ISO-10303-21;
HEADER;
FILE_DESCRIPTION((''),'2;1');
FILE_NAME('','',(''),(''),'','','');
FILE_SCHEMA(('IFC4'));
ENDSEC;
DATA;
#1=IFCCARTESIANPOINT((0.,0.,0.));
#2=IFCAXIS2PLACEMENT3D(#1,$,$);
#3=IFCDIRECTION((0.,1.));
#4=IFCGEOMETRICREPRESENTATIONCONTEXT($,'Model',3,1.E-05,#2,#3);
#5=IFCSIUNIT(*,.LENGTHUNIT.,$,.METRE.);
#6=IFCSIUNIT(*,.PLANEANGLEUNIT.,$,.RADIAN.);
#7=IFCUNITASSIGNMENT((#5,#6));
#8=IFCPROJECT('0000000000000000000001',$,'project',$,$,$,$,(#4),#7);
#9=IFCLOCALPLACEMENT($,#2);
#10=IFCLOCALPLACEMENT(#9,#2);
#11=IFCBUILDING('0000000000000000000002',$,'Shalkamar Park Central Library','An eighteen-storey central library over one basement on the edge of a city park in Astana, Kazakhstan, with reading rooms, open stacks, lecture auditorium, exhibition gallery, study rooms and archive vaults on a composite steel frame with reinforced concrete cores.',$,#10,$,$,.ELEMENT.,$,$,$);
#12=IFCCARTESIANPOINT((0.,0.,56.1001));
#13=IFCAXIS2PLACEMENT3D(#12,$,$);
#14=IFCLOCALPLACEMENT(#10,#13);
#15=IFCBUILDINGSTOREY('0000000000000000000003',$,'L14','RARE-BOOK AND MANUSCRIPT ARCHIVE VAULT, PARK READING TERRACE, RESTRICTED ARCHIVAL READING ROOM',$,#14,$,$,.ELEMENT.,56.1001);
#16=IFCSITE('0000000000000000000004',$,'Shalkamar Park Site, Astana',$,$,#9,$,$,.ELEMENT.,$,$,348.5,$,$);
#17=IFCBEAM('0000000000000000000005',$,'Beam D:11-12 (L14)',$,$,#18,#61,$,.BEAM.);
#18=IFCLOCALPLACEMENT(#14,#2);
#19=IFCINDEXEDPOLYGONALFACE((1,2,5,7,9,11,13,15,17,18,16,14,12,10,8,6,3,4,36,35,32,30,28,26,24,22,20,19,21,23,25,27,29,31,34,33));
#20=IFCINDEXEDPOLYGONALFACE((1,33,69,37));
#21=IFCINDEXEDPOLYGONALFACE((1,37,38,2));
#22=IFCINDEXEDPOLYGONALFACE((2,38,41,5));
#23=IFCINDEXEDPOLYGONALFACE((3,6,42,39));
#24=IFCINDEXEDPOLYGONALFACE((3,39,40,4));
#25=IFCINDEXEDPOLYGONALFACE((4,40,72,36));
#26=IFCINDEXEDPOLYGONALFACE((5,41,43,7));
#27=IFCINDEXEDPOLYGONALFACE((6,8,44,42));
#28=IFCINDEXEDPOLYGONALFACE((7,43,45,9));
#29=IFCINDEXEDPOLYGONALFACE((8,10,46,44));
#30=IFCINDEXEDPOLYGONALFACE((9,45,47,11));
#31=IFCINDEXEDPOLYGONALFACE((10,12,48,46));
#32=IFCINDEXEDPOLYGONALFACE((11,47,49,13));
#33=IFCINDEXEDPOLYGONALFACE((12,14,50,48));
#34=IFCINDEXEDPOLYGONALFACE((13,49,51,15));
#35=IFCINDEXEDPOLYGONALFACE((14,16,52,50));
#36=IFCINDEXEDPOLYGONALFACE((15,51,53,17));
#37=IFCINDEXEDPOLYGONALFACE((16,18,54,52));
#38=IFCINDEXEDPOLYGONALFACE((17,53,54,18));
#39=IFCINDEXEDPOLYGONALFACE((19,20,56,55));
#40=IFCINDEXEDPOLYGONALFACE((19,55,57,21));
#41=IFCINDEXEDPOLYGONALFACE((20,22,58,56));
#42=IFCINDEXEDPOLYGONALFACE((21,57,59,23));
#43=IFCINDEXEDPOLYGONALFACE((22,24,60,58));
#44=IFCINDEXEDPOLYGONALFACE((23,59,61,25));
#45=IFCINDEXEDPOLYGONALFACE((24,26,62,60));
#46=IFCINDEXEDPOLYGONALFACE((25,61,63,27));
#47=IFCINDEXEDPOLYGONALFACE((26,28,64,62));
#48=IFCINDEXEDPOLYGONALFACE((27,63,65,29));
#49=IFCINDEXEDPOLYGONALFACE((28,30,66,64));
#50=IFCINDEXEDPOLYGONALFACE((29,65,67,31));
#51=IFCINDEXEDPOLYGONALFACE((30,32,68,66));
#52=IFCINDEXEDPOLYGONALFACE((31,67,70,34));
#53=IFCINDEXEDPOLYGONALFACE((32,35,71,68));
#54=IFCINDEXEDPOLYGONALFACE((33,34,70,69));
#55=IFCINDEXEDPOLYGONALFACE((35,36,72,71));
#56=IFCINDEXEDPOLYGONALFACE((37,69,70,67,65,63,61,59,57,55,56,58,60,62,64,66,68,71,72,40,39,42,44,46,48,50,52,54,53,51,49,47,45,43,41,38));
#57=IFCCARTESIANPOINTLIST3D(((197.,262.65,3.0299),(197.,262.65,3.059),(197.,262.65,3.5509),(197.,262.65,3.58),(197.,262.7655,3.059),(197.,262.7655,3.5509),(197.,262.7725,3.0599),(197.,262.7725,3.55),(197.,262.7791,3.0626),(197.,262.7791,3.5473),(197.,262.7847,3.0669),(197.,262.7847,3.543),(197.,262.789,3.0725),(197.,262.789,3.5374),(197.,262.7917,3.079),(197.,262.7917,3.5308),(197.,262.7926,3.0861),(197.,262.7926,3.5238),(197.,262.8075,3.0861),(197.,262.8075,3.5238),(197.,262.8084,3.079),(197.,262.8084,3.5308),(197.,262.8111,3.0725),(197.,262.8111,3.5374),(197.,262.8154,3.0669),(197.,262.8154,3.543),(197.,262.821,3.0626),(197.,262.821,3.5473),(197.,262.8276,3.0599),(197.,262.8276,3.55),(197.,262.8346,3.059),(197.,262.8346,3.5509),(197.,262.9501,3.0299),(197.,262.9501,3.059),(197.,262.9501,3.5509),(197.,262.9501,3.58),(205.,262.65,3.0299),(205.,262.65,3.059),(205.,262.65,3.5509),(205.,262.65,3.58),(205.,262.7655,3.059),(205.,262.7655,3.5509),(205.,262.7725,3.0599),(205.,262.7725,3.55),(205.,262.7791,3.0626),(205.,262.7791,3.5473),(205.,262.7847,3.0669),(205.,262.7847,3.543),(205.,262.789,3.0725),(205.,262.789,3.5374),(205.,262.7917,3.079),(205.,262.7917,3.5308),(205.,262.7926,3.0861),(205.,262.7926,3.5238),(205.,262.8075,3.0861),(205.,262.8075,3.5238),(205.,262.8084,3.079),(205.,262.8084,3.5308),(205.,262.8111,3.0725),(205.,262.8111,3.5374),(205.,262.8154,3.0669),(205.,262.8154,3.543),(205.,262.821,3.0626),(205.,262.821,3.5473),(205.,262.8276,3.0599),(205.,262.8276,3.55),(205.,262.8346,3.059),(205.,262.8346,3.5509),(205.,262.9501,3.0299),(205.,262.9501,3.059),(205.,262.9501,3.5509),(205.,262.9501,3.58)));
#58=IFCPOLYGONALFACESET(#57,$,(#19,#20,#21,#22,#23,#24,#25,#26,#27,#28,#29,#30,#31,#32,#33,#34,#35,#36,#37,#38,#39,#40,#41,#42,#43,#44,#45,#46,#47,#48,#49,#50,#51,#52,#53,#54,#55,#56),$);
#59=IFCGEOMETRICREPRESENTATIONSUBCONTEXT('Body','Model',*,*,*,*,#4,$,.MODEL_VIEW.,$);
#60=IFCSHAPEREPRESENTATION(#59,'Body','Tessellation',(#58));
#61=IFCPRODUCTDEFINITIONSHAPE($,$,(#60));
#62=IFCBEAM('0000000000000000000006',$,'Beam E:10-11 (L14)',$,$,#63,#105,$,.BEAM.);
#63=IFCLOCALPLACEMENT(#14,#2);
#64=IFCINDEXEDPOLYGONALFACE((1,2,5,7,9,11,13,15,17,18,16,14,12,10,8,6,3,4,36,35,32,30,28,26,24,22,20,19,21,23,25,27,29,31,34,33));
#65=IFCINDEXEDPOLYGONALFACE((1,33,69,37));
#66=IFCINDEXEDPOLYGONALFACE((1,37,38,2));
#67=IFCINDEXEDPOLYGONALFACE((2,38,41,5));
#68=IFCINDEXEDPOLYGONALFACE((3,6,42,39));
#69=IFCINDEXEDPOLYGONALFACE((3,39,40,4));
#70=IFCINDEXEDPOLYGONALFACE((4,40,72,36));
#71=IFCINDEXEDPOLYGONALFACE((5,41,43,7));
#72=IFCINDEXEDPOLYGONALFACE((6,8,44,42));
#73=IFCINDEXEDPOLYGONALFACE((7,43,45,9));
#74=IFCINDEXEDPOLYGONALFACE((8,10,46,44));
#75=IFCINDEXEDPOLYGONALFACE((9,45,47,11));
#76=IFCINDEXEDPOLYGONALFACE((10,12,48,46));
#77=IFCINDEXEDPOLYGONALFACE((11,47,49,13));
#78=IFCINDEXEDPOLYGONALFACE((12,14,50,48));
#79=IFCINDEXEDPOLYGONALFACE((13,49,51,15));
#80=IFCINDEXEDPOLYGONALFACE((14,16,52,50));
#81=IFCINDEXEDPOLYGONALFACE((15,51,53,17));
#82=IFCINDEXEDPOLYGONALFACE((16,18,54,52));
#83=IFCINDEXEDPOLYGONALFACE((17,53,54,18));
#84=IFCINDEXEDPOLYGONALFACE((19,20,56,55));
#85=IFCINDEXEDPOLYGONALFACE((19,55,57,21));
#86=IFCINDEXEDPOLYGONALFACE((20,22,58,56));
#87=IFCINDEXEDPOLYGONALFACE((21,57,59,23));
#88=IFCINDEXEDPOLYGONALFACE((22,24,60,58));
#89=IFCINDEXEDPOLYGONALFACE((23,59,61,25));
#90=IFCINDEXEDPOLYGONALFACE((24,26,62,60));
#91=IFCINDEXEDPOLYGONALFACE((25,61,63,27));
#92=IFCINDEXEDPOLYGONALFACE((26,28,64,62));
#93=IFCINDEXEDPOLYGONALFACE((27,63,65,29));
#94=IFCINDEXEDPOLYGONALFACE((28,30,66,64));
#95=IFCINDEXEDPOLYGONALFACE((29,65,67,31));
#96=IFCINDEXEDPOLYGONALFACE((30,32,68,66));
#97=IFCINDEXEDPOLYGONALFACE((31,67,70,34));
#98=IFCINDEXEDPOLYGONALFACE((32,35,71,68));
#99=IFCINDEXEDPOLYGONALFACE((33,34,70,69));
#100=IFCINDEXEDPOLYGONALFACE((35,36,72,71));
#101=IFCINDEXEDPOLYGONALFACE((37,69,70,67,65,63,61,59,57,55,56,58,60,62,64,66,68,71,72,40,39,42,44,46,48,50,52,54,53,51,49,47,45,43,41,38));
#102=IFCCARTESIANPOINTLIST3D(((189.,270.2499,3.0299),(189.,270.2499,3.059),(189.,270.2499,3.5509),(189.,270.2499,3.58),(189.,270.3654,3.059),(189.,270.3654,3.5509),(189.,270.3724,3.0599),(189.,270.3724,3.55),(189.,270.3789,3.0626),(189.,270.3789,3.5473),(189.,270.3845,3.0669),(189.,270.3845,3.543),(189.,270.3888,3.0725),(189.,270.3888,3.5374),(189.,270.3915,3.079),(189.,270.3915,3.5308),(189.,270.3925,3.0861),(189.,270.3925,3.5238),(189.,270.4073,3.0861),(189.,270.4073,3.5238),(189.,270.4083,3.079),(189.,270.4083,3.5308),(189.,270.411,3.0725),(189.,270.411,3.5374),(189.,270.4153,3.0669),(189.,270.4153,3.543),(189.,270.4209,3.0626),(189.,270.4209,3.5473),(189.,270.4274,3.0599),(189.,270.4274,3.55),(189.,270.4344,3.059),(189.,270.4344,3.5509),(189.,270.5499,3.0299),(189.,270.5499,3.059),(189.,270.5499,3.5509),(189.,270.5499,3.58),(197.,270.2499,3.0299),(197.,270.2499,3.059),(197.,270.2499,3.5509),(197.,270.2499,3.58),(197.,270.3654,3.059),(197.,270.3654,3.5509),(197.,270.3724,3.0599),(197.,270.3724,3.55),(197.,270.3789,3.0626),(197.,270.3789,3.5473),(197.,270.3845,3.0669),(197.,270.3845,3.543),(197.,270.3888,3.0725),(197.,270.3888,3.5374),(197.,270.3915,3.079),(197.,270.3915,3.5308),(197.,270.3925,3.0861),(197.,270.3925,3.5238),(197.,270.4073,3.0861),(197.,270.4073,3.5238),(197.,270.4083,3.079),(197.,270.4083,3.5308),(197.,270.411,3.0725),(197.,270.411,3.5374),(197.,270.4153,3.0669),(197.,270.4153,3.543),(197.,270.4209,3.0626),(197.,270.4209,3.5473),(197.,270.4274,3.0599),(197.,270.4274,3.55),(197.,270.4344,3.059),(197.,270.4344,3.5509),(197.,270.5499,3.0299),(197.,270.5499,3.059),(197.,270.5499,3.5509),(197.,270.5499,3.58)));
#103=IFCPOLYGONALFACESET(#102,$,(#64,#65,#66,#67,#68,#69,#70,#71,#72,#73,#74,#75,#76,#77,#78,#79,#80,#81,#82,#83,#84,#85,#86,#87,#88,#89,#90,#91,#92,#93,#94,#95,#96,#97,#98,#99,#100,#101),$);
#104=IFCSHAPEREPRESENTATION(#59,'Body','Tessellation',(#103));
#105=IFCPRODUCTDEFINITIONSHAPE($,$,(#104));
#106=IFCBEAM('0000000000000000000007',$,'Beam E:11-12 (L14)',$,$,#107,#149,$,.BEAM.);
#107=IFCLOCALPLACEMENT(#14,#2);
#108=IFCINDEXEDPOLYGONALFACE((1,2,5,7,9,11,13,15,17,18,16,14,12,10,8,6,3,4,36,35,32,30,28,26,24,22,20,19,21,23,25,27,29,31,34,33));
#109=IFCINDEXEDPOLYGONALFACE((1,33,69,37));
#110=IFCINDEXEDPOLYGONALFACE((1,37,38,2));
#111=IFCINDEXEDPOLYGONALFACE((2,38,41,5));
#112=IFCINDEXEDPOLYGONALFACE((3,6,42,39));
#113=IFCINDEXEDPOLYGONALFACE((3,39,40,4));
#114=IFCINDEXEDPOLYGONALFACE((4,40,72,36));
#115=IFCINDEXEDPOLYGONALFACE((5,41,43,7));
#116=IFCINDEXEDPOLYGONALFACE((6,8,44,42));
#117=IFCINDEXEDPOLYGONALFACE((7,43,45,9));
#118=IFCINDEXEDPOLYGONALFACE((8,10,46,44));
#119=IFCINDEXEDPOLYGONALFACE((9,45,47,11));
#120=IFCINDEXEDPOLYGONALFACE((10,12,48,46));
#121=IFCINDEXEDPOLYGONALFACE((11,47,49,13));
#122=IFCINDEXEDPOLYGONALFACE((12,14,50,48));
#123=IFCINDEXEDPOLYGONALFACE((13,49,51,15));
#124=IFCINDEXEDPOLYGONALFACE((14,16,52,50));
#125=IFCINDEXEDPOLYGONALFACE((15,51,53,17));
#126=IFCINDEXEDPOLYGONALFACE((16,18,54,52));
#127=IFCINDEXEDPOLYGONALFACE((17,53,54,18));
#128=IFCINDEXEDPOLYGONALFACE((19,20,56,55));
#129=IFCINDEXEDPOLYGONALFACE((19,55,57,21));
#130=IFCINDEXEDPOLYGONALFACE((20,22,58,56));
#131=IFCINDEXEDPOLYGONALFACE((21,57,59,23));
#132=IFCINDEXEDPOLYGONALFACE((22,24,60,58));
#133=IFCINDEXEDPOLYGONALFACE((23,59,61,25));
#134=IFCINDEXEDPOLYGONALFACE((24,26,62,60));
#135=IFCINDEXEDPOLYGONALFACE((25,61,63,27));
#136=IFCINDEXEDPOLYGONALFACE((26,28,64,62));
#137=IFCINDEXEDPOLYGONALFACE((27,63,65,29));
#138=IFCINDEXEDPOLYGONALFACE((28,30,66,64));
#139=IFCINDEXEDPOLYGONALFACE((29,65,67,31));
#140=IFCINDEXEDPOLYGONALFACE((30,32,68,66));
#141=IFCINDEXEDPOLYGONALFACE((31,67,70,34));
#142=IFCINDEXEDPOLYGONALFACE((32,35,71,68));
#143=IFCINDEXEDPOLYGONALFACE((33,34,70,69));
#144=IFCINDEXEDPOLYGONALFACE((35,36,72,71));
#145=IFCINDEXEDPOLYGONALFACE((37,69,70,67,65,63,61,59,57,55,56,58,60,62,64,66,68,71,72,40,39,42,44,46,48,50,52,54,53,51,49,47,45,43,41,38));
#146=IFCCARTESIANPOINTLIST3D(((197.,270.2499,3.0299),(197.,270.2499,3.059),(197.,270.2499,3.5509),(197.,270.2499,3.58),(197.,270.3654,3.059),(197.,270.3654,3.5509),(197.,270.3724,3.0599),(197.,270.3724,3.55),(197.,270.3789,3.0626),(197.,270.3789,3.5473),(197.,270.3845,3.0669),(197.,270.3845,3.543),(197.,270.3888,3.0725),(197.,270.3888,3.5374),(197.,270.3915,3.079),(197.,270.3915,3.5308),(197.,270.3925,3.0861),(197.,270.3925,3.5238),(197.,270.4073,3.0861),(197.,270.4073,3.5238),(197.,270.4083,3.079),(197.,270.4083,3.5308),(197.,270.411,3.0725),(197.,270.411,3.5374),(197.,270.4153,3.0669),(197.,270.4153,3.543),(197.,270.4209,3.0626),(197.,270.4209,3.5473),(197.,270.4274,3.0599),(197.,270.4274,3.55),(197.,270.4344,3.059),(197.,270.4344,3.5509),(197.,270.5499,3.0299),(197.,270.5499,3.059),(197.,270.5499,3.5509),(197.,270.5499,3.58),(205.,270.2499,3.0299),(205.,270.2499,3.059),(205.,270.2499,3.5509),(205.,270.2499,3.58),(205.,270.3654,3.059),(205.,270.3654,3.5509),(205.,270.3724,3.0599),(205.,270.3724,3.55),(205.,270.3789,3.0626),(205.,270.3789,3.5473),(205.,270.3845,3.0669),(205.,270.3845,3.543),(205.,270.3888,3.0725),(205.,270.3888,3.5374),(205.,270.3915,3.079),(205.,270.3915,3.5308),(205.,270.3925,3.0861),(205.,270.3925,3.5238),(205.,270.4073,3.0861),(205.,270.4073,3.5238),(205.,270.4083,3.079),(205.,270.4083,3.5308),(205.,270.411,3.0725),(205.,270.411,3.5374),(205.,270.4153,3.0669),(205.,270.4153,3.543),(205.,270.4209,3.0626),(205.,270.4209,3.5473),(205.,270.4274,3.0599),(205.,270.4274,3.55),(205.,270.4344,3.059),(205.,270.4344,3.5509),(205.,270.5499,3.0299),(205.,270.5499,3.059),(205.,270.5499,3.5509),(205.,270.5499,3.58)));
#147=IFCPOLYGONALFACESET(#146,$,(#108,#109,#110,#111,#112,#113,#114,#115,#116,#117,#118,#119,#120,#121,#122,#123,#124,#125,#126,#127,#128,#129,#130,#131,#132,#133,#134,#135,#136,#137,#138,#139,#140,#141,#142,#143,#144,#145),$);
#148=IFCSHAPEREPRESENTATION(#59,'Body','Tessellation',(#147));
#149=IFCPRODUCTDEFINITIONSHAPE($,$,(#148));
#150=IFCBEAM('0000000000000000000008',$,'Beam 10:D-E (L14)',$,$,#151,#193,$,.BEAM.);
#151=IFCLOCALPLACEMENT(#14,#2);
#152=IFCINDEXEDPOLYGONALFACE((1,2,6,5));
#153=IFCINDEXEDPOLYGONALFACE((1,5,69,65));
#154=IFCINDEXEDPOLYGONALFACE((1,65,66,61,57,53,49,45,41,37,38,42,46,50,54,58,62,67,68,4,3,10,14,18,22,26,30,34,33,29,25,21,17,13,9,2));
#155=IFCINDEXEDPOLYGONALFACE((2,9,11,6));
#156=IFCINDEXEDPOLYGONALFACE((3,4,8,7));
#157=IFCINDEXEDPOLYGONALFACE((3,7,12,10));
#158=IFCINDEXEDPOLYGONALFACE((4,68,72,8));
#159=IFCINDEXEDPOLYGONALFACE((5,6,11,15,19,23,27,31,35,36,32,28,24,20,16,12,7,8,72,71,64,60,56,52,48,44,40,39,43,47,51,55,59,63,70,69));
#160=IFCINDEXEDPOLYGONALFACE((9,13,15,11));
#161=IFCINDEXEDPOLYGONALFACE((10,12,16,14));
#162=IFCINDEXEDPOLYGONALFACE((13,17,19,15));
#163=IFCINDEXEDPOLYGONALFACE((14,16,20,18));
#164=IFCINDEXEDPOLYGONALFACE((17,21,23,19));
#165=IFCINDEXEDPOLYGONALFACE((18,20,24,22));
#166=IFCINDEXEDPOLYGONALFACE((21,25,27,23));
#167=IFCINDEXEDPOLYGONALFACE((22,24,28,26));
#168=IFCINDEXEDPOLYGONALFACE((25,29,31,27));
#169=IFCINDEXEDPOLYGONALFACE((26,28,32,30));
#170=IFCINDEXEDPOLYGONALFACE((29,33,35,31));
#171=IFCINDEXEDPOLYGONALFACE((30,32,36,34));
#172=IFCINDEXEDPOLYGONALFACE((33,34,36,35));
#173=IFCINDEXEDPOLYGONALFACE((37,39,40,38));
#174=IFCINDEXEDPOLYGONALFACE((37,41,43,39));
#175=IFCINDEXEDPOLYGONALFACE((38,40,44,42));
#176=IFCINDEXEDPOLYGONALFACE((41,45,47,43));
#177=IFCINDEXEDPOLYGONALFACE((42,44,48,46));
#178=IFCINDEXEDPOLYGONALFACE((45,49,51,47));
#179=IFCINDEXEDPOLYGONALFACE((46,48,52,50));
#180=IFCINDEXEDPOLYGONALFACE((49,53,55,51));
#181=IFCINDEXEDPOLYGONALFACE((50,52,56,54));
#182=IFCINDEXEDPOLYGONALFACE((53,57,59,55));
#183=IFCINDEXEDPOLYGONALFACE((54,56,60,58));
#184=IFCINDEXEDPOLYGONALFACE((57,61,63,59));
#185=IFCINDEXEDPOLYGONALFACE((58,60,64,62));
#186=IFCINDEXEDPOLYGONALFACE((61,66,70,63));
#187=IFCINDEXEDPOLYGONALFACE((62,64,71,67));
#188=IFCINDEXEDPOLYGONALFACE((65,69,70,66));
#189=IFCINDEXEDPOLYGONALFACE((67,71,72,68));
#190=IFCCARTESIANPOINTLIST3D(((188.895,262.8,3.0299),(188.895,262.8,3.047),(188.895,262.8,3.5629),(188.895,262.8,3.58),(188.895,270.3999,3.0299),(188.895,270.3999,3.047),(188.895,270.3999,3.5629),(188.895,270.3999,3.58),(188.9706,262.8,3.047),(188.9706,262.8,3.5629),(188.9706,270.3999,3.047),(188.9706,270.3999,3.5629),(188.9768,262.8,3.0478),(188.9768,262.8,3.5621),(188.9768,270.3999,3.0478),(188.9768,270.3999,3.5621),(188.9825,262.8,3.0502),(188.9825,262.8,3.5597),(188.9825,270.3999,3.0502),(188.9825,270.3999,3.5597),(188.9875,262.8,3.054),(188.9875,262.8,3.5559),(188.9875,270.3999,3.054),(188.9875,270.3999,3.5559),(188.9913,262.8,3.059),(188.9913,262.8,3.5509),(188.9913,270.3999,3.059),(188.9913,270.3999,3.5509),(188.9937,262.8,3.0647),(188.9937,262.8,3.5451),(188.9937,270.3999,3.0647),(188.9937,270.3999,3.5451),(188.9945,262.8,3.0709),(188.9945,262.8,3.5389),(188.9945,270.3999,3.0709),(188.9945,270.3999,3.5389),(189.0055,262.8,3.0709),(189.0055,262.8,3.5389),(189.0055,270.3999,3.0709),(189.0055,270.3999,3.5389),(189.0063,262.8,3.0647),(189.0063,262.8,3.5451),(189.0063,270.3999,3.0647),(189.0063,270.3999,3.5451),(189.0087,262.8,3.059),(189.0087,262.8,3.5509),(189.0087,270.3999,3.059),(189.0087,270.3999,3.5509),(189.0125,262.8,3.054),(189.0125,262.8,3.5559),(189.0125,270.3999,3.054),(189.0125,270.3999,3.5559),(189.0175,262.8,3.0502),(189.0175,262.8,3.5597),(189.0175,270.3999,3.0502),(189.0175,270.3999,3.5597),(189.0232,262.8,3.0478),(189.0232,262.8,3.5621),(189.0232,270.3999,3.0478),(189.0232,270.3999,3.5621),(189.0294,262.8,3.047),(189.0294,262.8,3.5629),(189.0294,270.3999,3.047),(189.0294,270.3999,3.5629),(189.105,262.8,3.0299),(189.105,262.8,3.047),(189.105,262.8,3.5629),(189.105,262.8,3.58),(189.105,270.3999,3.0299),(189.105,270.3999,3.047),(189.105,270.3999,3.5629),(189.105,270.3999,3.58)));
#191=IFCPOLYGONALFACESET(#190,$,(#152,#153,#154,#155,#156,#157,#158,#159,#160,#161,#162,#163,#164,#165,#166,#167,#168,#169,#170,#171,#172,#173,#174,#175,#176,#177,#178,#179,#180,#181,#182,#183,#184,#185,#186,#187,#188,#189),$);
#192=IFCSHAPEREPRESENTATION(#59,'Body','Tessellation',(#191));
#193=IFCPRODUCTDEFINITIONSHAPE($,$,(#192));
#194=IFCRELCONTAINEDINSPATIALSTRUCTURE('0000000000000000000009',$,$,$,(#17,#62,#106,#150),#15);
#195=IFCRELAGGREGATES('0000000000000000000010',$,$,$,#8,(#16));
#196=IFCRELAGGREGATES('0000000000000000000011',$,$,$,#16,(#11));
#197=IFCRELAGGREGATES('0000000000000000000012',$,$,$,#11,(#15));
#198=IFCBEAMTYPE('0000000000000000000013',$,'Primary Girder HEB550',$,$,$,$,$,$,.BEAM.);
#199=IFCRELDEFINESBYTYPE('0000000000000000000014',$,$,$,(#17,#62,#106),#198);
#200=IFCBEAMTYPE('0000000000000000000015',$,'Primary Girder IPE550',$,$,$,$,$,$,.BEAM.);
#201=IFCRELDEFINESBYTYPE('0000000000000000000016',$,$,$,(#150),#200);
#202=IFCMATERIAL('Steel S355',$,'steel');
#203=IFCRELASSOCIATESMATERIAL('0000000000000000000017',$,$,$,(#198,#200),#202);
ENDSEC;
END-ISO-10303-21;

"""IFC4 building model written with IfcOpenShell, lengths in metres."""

from ifc_helpers import new_model, si_unit, direction, frame, origin, origin_2d, place, context, subcontext, project, spatial, i_section, extrude, material, material_profile, profile_set, type_object, element, save


model = new_model("IFC4")

# Units and contexts
model_context = context("Model", 3, precision=1e-05, world=origin(), true_north=direction((0.0, 1.0)))
body_context = subcontext(model_context, "Body", "Model", "MODEL_VIEW")
ifc_project = project(units=[si_unit("LENGTHUNIT", "METRE"), si_unit("PLANEANGLEUNIT", "RADIAN")], contexts=[model_context])

# Site, building, storey
site_placement = place(None, origin())
site = spatial("IfcSite", under=ifc_project, at=site_placement, Name="Shalkamar Park Site, Astana", CompositionType="ELEMENT", RefElevation=348.5)
building_placement = place(site_placement, origin())
building = spatial("IfcBuilding", under=site, at=building_placement, Name="Shalkamar Park Central Library", Description="An eighteen-storey central library over one basement on the edge of a city park in Astana, Kazakhstan, with reading rooms, open stacks, lecture auditorium, exhibition gallery, study rooms and archive vaults on a composite steel frame with reinforced concrete cores.", CompositionType="ELEMENT")
storey_placement = place(building_placement, frame((0.0, 0.0, 56.1001)))
storey = spatial("IfcBuildingStorey", under=building, at=storey_placement, Name="L14", Description="RARE-BOOK AND MANUSCRIPT ARCHIVE VAULT, PARK READING TERRACE, RESTRICTED ARCHIVAL READING ROOM", CompositionType="ELEMENT", Elevation=56.1001)

# Shared definitions
ifc_material_1 = material(Name="Steel S355", Category="steel")

# Beams
ifc_material_profile_1 = material_profile(ifc_material_1, i_section(OverallWidth=0.3, OverallDepth=0.55, WebThickness=0.0149, FlangeThickness=0.0291, FilletRadius=0.0271, at=origin_2d()), Name="HEB 550")
ifc_profile_set_1 = profile_set([ifc_material_profile_1], Name="Steel S355")
beam_type_1 = type_object("IfcBeamType", Name="Primary Girder HEB550", PredefinedType="BEAM", material=ifc_profile_set_1)
for number, where, z_axis, x_axis, name in (
    (1, (197.0, 262.8, 3.3049), (1.0, 0.0, 0.0), (0.0, 1.0, 0.0), "Beam D:11-12 (L14)"),
    (2, (189.0, 270.3999, 3.3049), (1.0, 0.0, 0.0), (0.0, 1.0, 0.0), "Beam E:10-11 (L14)"),
    (3, (197.0, 270.3999, 3.3049), (1.0, 0.0, 0.0), (0.0, 1.0, 0.0), "Beam E:11-12 (L14)"),
):
    element("IfcBeam", number, at=place(storey_placement, frame(where, z_axis=z_axis, x_axis=x_axis)), inside=storey, type_object=beam_type_1, Name=name, PredefinedType="BEAM", context=body_context, shape_type="SweptSolid", body=[
        extrude(i_section(OverallWidth=0.3, OverallDepth=0.55, WebThickness=0.0149, FlangeThickness=0.0291, FilletRadius=0.0271, at=origin_2d()), origin(), (0.0, 0.0, 1.0), 8.0),
    ])
ifc_material_profile_2 = material_profile(ifc_material_1, i_section(OverallWidth=0.21, OverallDepth=0.55, WebThickness=0.011, FlangeThickness=0.0171, FilletRadius=0.0239, at=origin_2d()), Name="IPE 550")
ifc_profile_set_2 = profile_set([ifc_material_profile_2], Name="Steel S355")
beam_type_2 = type_object("IfcBeamType", Name="Primary Girder IPE550", PredefinedType="BEAM", material=ifc_profile_set_2)
beam_1_placement = place(storey_placement, frame((189.0, 262.8, 3.3049), z_axis=(0.0, 1.0, 0.0), x_axis=(-1.0, 0.0, 0.0)))
element("IfcBeam", 4, at=beam_1_placement, inside=storey, type_object=beam_type_2, Name="Beam 10:D-E (L14)", PredefinedType="BEAM", context=body_context, shape_type="SweptSolid", body=[
    extrude(i_section(OverallWidth=0.21, OverallDepth=0.55, WebThickness=0.011, FlangeThickness=0.0171, FilletRadius=0.0239, at=origin_2d()), origin(), (0.0, 0.0, 1.0), 7.5999),
])

save(model, "model.ifc")
